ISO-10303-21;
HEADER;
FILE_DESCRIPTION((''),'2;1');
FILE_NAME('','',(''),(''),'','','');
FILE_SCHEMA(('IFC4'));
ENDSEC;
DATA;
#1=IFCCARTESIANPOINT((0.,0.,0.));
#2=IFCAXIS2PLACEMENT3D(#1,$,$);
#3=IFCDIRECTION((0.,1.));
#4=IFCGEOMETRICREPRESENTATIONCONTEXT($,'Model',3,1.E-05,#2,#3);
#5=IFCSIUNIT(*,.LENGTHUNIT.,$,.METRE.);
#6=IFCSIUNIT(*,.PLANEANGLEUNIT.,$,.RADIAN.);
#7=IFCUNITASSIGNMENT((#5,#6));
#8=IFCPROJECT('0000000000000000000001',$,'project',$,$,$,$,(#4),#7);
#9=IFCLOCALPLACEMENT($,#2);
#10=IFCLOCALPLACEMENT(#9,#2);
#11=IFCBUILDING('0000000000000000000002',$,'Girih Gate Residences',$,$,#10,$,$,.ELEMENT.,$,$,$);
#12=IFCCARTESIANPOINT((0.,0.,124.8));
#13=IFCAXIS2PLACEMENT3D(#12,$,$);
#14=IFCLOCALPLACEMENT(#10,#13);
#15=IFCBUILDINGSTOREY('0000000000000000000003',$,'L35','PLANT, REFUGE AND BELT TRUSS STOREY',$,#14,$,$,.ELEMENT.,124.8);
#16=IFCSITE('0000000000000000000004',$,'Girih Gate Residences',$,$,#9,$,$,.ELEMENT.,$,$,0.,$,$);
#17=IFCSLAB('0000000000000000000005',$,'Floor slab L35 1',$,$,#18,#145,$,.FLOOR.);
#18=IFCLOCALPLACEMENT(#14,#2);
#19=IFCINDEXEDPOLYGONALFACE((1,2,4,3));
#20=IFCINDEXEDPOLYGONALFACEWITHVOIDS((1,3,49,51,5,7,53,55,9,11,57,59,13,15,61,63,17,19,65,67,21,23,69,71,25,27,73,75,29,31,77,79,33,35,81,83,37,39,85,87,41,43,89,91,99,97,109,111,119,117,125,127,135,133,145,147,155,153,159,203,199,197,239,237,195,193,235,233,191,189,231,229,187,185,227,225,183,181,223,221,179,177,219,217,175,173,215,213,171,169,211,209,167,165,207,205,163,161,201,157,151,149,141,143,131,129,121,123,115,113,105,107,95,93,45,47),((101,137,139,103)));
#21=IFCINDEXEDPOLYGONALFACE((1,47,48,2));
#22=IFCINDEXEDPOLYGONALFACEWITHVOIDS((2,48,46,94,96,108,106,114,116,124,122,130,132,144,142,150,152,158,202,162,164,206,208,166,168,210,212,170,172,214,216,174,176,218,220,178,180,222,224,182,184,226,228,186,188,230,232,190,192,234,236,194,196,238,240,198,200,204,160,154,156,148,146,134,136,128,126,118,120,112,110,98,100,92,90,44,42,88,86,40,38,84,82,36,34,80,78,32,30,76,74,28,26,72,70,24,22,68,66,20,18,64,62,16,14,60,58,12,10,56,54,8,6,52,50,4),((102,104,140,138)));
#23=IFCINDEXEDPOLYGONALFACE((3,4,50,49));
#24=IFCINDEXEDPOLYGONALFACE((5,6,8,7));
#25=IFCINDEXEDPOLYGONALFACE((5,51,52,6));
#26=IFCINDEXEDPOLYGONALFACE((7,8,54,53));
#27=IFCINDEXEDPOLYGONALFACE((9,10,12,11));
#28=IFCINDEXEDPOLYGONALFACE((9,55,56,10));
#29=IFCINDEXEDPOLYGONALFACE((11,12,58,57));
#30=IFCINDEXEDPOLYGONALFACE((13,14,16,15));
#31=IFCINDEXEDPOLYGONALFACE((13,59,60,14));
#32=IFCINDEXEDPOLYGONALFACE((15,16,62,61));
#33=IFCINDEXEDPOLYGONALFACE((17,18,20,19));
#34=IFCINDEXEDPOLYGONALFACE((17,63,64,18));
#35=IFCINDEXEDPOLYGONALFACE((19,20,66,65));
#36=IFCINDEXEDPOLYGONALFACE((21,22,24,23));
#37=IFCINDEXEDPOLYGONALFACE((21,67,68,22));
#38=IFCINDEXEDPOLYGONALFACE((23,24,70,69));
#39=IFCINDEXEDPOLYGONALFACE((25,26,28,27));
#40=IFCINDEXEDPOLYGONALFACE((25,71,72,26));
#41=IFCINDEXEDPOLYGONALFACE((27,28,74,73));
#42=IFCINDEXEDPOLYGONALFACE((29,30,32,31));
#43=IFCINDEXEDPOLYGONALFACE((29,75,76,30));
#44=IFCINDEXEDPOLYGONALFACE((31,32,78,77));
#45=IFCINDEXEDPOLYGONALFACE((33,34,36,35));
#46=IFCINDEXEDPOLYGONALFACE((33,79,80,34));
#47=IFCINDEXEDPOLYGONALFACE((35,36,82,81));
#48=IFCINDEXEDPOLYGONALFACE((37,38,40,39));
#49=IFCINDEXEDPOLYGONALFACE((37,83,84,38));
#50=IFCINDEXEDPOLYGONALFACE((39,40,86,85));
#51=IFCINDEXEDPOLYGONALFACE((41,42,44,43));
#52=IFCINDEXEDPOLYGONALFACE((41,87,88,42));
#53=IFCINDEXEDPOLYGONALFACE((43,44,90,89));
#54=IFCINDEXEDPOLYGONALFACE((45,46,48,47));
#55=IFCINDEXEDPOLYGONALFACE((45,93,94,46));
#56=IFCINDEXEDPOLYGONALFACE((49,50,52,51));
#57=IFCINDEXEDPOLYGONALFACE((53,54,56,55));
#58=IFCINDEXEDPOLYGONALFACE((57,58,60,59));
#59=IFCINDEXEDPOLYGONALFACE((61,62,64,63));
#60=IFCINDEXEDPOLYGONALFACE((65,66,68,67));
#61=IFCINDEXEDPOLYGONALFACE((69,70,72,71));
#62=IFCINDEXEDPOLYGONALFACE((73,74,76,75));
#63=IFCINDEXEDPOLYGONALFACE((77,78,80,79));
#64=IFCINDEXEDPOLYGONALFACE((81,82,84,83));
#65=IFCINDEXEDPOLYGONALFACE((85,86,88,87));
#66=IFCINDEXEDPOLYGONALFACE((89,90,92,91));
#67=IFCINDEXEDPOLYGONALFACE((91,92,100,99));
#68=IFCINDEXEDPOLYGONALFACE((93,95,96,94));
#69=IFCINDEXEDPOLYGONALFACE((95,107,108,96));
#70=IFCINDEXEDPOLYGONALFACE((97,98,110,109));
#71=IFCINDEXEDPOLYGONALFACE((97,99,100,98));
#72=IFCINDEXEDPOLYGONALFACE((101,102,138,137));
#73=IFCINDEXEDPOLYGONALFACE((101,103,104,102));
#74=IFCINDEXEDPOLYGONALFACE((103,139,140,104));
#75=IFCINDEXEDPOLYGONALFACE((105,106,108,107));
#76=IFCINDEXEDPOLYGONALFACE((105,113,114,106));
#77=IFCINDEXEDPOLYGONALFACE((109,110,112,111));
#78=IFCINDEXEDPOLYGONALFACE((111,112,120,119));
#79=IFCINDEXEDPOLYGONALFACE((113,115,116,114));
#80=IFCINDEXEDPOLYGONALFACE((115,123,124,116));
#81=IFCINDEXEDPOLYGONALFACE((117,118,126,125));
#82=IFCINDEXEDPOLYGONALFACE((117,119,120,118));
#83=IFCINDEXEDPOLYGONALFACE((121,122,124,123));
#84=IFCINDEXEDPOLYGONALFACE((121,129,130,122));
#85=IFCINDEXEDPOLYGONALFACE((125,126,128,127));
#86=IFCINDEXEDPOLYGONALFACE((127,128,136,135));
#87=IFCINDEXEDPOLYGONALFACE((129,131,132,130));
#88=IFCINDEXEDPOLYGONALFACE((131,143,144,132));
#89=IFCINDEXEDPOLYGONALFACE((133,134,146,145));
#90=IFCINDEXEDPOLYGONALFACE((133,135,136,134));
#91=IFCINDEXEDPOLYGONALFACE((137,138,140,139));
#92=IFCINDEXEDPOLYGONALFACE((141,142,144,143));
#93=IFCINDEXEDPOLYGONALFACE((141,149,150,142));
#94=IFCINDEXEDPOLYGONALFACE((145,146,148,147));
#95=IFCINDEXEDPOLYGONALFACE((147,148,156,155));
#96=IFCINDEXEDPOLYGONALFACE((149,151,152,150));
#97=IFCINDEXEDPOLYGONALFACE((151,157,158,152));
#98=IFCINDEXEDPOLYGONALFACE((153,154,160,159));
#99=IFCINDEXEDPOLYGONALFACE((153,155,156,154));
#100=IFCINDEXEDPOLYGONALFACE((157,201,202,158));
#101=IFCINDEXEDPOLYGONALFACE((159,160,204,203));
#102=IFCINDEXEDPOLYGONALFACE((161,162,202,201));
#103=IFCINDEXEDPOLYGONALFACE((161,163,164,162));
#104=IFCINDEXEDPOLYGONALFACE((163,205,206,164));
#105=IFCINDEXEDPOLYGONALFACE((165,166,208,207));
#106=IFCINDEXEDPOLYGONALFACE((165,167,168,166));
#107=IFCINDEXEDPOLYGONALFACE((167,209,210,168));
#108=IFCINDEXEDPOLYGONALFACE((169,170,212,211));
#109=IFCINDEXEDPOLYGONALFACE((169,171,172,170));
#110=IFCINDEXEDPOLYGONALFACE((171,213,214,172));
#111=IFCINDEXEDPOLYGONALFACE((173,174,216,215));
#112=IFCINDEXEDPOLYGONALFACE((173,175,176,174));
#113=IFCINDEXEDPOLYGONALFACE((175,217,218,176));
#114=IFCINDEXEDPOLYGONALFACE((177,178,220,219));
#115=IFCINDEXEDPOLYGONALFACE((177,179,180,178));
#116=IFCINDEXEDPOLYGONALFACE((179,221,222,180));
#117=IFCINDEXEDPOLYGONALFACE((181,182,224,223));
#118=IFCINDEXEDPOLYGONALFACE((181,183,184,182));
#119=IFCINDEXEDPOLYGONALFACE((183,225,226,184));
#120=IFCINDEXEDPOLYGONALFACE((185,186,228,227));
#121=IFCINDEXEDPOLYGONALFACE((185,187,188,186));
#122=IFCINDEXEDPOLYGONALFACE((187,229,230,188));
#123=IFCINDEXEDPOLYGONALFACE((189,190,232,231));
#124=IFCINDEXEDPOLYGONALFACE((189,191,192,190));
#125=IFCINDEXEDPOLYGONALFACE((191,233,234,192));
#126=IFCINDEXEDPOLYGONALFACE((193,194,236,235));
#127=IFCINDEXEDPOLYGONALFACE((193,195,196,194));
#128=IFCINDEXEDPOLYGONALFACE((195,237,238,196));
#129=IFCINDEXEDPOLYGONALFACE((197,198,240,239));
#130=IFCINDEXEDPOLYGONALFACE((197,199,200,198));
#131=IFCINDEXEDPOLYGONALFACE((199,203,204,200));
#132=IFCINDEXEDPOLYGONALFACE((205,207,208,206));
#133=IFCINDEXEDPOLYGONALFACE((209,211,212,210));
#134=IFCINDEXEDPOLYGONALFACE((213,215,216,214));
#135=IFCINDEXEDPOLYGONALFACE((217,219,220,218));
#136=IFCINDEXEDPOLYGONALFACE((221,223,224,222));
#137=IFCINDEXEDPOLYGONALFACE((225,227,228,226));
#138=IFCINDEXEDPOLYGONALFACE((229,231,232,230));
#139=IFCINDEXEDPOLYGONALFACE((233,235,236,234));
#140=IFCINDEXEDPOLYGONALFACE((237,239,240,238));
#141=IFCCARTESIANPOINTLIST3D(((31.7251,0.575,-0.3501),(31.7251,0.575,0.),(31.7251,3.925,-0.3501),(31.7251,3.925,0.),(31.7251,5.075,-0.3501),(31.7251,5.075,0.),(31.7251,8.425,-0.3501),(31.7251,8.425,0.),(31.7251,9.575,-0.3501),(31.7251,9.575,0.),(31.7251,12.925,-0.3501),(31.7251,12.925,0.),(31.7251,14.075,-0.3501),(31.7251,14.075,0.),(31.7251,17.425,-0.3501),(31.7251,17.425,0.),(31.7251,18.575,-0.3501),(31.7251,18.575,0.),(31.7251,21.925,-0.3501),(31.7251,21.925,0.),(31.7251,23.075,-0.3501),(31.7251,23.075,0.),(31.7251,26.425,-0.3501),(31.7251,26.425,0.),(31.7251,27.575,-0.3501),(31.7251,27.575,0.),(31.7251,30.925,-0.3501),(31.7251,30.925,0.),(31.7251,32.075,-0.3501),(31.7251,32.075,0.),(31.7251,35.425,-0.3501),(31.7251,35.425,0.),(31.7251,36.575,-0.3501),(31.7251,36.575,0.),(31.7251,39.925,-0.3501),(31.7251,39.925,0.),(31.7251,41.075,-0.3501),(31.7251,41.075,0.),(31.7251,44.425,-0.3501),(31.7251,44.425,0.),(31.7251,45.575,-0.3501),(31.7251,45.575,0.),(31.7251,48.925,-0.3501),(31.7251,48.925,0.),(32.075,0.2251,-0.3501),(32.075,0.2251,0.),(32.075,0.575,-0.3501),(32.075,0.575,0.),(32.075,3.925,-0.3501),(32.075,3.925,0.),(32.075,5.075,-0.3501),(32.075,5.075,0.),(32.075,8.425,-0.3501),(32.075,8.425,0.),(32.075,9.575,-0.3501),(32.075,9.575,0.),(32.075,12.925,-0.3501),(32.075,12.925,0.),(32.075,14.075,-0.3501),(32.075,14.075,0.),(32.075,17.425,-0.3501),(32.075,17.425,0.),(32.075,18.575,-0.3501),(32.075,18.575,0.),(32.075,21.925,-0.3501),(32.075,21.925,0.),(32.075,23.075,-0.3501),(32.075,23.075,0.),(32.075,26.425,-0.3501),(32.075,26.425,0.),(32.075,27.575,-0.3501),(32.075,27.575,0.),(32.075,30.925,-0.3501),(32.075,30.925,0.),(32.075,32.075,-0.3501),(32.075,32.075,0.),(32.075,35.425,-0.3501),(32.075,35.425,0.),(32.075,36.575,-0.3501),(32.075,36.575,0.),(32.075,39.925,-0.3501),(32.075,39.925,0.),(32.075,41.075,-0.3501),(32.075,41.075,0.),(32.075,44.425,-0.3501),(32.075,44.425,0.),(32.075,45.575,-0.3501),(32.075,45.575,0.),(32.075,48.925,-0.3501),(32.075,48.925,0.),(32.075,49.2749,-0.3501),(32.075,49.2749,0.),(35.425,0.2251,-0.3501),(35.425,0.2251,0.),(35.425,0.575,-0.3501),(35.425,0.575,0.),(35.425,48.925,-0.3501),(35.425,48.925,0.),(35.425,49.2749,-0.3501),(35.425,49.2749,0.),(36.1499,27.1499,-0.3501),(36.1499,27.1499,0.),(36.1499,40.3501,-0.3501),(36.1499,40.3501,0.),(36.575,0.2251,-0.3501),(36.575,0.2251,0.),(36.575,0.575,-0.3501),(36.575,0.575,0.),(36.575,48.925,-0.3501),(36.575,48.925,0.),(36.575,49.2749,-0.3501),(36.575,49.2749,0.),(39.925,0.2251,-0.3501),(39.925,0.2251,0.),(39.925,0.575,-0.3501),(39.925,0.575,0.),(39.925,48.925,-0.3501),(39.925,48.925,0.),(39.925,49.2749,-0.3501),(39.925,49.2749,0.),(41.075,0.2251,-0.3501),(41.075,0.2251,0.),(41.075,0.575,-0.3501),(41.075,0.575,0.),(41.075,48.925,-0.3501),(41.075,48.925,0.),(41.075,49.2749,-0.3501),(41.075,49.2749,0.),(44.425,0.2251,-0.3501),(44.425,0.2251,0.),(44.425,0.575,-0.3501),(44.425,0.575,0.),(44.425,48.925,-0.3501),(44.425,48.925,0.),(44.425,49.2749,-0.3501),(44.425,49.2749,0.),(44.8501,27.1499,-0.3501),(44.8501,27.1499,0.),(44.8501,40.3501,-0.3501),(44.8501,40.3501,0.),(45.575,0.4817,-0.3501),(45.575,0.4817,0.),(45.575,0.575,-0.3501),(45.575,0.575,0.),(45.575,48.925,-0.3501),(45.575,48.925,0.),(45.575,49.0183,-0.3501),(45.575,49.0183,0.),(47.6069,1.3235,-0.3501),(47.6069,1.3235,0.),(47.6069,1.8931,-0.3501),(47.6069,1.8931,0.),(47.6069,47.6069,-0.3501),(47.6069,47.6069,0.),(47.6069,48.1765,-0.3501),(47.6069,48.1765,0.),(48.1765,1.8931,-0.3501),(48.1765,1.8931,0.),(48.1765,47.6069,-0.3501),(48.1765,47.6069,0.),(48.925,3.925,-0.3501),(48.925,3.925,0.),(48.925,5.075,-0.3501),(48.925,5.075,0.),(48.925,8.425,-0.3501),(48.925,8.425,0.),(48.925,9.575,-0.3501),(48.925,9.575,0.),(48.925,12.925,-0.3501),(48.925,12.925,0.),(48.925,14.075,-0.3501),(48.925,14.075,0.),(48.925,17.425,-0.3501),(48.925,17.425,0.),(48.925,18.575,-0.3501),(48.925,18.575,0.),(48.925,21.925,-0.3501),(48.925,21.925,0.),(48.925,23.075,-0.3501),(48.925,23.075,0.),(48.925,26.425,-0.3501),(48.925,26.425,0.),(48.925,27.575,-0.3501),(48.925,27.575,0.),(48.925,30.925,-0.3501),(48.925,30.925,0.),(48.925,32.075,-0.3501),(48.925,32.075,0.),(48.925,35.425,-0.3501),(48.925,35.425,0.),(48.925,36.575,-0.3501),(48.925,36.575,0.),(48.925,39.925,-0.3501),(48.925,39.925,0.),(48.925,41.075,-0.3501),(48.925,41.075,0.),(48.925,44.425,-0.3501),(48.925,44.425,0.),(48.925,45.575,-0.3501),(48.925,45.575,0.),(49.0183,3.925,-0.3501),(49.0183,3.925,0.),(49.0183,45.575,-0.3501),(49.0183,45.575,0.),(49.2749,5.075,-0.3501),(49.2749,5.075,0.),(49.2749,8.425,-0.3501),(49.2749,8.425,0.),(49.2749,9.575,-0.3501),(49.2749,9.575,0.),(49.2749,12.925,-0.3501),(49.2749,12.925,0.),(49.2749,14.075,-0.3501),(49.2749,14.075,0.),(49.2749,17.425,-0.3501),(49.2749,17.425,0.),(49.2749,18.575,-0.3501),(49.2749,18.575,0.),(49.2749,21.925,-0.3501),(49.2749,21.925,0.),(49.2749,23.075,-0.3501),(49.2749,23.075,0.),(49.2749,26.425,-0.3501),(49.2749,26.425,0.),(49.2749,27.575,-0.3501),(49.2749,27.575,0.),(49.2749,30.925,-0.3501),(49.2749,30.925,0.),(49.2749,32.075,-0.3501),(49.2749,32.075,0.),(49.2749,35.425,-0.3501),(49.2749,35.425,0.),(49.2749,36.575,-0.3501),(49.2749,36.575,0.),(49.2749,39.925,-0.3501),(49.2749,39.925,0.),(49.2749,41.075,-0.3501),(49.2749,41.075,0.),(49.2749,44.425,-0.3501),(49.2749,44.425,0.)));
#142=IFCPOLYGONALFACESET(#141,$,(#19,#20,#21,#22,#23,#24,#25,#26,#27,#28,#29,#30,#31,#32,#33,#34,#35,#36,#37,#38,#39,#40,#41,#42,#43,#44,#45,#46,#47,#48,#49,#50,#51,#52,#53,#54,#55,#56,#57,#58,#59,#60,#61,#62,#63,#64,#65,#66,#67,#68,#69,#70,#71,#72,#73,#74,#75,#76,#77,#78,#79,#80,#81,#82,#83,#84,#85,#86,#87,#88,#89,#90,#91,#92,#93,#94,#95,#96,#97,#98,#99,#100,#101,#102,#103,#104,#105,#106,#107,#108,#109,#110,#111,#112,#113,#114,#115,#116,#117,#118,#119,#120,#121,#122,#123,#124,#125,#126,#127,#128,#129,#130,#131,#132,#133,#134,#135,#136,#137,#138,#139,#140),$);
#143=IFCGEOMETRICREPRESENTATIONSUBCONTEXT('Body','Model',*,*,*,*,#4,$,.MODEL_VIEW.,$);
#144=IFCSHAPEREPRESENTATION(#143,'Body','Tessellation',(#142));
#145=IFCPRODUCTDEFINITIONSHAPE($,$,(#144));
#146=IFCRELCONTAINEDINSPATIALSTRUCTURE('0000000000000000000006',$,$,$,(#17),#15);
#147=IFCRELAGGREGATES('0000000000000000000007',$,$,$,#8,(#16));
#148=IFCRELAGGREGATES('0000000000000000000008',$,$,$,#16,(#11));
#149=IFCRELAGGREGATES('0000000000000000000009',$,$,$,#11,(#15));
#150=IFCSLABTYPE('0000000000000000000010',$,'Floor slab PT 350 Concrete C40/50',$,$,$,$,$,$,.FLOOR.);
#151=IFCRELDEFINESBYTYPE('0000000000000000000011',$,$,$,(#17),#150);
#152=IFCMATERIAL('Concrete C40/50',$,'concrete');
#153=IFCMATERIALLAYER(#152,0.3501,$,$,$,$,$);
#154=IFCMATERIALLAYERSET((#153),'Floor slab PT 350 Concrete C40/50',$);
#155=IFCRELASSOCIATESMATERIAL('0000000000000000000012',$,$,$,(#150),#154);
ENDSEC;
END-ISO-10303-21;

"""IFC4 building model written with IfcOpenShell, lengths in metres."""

from ifc_helpers import new_model, si_unit, direction, frame, origin, place, context, subcontext, project, spatial, polyline, outline, extrude, material, layer, layer_set, type_object, element, save


model = new_model("IFC4")

# Units and contexts
model_context = context("Model", 3, precision=1e-05, world=origin(), true_north=direction((0.0, 1.0)))
body_context = subcontext(model_context, "Body", "Model", "MODEL_VIEW")
ifc_project = project(units=[si_unit("LENGTHUNIT", "METRE"), si_unit("PLANEANGLEUNIT", "RADIAN")], contexts=[model_context])

# Site, building, storey
site_placement = place(None, origin())
site = spatial("IfcSite", under=ifc_project, at=site_placement, Name="Girih Gate Residences", CompositionType="ELEMENT", RefElevation=0.0)
building_placement = place(site_placement, origin())
building = spatial("IfcBuilding", under=site, at=building_placement, Name="Girih Gate Residences", CompositionType="ELEMENT")
storey_placement = place(building_placement, frame((0.0, 0.0, 124.8)))
storey = spatial("IfcBuildingStorey", under=building, at=storey_placement, Name="L35", Description="PLANT, REFUGE AND BELT TRUSS STOREY", CompositionType="ELEMENT", Elevation=124.8)

# Slab
ifc_material_1 = material(Name="Concrete C40/50", Category="concrete")
ifc_layer_1 = layer(ifc_material_1, 0.3501)
ifc_layer_set_1 = layer_set([ifc_layer_1], Name="Floor slab PT 350 Concrete C40/50")
slab_type_1 = type_object("IfcSlabType", Name="Floor slab PT 350 Concrete C40/50", PredefinedType="FLOOR", material=ifc_layer_set_1)
slab_1_placement = place(storey_placement, frame((0.0, 0.0, -0.3501)))
element("IfcSlab", 1, at=slab_1_placement, inside=storey, type_object=slab_type_1, Name="Floor slab L35 1", PredefinedType="FLOOR", context=body_context, shape_type="SweptSolid", body=[
    extrude(outline(polyline([(35.425, 49.2749), (32.075, 49.2749), (32.075, 48.925), (31.7251, 48.925), (31.7251, 45.575), (32.075, 45.575), (32.075, 44.425), (31.7251, 44.425), (31.7251, 41.075), (32.075, 41.075), (32.075, 39.925), (31.7251, 39.925), (31.7251, 36.575), (32.075, 36.575), (32.075, 35.425), (31.7251, 35.425), (31.7251, 32.075), (32.075, 32.075), (32.075, 30.925), (31.7251, 30.925), (31.7251, 27.575), (32.075, 27.575), (32.075, 26.425), (31.7251, 26.425), (31.7251, 23.075), (32.075, 23.075), (32.075, 21.925), (31.7251, 21.925), (31.7251, 18.575), (32.075, 18.575), (32.075, 17.425), (31.7251, 17.425), (31.7251, 14.075), (32.075, 14.075), (32.075, 12.925), (31.7251, 12.925), (31.7251, 9.575), (32.075, 9.575), (32.075, 8.425), (31.7251, 8.425), (31.7251, 5.075), (32.075, 5.075), (32.075, 3.925), (31.7251, 3.925), (31.7251, 0.575), (32.075, 0.575), (32.075, 0.2251), (35.425, 0.2251), (35.425, 0.575), (36.575, 0.575), (36.575, 0.2251), (39.925, 0.2251), (39.925, 0.575), (41.075, 0.575), (41.075, 0.2251), (44.425, 0.2251), (44.425, 0.575), (45.575, 0.575), (45.575, 0.4817), (47.6069, 1.3235), (47.6069, 1.8931), (48.1765, 1.8931), (49.0183, 3.925), (48.925, 3.925), (48.925, 5.075), (49.2749, 5.075), (49.2749, 8.425), (48.925, 8.425), (48.925, 9.575), (49.2749, 9.575), (49.2749, 12.925), (48.925, 12.925), (48.925, 14.075), (49.2749, 14.075), (49.2749, 17.425), (48.925, 17.425), (48.925, 18.575), (49.2749, 18.575), (49.2749, 21.925), (48.925, 21.925), (48.925, 23.075), (49.2749, 23.075), (49.2749, 26.425), (48.925, 26.425), (48.925, 27.575), (49.2749, 27.575), (49.2749, 30.925), (48.925, 30.925), (48.925, 32.075), (49.2749, 32.075), (49.2749, 35.425), (48.925, 35.425), (48.925, 36.575), (49.2749, 36.575), (49.2749, 39.925), (48.925, 39.925), (48.925, 41.075), (49.2749, 41.075), (49.2749, 44.425), (48.925, 44.425), (48.925, 45.575), (49.0183, 45.575), (48.1765, 47.6069), (47.6069, 47.6069), (47.6069, 48.1765), (45.575, 49.0183), (45.575, 48.925), (44.425, 48.925), (44.425, 49.2749), (41.075, 49.2749), (41.075, 48.925), (39.925, 48.925), (39.925, 49.2749), (36.575, 49.2749), (36.575, 48.925), (35.425, 48.925), (35.425, 49.2749)]), holes=[polyline([(44.8501, 40.3501), (44.8501, 27.1499), (36.1499, 27.1499), (36.1499, 40.3501), (44.8501, 40.3501)])]), origin(), (0.0, 0.0, 1.0), 0.3501),
])

save(model, "model.ifc")
